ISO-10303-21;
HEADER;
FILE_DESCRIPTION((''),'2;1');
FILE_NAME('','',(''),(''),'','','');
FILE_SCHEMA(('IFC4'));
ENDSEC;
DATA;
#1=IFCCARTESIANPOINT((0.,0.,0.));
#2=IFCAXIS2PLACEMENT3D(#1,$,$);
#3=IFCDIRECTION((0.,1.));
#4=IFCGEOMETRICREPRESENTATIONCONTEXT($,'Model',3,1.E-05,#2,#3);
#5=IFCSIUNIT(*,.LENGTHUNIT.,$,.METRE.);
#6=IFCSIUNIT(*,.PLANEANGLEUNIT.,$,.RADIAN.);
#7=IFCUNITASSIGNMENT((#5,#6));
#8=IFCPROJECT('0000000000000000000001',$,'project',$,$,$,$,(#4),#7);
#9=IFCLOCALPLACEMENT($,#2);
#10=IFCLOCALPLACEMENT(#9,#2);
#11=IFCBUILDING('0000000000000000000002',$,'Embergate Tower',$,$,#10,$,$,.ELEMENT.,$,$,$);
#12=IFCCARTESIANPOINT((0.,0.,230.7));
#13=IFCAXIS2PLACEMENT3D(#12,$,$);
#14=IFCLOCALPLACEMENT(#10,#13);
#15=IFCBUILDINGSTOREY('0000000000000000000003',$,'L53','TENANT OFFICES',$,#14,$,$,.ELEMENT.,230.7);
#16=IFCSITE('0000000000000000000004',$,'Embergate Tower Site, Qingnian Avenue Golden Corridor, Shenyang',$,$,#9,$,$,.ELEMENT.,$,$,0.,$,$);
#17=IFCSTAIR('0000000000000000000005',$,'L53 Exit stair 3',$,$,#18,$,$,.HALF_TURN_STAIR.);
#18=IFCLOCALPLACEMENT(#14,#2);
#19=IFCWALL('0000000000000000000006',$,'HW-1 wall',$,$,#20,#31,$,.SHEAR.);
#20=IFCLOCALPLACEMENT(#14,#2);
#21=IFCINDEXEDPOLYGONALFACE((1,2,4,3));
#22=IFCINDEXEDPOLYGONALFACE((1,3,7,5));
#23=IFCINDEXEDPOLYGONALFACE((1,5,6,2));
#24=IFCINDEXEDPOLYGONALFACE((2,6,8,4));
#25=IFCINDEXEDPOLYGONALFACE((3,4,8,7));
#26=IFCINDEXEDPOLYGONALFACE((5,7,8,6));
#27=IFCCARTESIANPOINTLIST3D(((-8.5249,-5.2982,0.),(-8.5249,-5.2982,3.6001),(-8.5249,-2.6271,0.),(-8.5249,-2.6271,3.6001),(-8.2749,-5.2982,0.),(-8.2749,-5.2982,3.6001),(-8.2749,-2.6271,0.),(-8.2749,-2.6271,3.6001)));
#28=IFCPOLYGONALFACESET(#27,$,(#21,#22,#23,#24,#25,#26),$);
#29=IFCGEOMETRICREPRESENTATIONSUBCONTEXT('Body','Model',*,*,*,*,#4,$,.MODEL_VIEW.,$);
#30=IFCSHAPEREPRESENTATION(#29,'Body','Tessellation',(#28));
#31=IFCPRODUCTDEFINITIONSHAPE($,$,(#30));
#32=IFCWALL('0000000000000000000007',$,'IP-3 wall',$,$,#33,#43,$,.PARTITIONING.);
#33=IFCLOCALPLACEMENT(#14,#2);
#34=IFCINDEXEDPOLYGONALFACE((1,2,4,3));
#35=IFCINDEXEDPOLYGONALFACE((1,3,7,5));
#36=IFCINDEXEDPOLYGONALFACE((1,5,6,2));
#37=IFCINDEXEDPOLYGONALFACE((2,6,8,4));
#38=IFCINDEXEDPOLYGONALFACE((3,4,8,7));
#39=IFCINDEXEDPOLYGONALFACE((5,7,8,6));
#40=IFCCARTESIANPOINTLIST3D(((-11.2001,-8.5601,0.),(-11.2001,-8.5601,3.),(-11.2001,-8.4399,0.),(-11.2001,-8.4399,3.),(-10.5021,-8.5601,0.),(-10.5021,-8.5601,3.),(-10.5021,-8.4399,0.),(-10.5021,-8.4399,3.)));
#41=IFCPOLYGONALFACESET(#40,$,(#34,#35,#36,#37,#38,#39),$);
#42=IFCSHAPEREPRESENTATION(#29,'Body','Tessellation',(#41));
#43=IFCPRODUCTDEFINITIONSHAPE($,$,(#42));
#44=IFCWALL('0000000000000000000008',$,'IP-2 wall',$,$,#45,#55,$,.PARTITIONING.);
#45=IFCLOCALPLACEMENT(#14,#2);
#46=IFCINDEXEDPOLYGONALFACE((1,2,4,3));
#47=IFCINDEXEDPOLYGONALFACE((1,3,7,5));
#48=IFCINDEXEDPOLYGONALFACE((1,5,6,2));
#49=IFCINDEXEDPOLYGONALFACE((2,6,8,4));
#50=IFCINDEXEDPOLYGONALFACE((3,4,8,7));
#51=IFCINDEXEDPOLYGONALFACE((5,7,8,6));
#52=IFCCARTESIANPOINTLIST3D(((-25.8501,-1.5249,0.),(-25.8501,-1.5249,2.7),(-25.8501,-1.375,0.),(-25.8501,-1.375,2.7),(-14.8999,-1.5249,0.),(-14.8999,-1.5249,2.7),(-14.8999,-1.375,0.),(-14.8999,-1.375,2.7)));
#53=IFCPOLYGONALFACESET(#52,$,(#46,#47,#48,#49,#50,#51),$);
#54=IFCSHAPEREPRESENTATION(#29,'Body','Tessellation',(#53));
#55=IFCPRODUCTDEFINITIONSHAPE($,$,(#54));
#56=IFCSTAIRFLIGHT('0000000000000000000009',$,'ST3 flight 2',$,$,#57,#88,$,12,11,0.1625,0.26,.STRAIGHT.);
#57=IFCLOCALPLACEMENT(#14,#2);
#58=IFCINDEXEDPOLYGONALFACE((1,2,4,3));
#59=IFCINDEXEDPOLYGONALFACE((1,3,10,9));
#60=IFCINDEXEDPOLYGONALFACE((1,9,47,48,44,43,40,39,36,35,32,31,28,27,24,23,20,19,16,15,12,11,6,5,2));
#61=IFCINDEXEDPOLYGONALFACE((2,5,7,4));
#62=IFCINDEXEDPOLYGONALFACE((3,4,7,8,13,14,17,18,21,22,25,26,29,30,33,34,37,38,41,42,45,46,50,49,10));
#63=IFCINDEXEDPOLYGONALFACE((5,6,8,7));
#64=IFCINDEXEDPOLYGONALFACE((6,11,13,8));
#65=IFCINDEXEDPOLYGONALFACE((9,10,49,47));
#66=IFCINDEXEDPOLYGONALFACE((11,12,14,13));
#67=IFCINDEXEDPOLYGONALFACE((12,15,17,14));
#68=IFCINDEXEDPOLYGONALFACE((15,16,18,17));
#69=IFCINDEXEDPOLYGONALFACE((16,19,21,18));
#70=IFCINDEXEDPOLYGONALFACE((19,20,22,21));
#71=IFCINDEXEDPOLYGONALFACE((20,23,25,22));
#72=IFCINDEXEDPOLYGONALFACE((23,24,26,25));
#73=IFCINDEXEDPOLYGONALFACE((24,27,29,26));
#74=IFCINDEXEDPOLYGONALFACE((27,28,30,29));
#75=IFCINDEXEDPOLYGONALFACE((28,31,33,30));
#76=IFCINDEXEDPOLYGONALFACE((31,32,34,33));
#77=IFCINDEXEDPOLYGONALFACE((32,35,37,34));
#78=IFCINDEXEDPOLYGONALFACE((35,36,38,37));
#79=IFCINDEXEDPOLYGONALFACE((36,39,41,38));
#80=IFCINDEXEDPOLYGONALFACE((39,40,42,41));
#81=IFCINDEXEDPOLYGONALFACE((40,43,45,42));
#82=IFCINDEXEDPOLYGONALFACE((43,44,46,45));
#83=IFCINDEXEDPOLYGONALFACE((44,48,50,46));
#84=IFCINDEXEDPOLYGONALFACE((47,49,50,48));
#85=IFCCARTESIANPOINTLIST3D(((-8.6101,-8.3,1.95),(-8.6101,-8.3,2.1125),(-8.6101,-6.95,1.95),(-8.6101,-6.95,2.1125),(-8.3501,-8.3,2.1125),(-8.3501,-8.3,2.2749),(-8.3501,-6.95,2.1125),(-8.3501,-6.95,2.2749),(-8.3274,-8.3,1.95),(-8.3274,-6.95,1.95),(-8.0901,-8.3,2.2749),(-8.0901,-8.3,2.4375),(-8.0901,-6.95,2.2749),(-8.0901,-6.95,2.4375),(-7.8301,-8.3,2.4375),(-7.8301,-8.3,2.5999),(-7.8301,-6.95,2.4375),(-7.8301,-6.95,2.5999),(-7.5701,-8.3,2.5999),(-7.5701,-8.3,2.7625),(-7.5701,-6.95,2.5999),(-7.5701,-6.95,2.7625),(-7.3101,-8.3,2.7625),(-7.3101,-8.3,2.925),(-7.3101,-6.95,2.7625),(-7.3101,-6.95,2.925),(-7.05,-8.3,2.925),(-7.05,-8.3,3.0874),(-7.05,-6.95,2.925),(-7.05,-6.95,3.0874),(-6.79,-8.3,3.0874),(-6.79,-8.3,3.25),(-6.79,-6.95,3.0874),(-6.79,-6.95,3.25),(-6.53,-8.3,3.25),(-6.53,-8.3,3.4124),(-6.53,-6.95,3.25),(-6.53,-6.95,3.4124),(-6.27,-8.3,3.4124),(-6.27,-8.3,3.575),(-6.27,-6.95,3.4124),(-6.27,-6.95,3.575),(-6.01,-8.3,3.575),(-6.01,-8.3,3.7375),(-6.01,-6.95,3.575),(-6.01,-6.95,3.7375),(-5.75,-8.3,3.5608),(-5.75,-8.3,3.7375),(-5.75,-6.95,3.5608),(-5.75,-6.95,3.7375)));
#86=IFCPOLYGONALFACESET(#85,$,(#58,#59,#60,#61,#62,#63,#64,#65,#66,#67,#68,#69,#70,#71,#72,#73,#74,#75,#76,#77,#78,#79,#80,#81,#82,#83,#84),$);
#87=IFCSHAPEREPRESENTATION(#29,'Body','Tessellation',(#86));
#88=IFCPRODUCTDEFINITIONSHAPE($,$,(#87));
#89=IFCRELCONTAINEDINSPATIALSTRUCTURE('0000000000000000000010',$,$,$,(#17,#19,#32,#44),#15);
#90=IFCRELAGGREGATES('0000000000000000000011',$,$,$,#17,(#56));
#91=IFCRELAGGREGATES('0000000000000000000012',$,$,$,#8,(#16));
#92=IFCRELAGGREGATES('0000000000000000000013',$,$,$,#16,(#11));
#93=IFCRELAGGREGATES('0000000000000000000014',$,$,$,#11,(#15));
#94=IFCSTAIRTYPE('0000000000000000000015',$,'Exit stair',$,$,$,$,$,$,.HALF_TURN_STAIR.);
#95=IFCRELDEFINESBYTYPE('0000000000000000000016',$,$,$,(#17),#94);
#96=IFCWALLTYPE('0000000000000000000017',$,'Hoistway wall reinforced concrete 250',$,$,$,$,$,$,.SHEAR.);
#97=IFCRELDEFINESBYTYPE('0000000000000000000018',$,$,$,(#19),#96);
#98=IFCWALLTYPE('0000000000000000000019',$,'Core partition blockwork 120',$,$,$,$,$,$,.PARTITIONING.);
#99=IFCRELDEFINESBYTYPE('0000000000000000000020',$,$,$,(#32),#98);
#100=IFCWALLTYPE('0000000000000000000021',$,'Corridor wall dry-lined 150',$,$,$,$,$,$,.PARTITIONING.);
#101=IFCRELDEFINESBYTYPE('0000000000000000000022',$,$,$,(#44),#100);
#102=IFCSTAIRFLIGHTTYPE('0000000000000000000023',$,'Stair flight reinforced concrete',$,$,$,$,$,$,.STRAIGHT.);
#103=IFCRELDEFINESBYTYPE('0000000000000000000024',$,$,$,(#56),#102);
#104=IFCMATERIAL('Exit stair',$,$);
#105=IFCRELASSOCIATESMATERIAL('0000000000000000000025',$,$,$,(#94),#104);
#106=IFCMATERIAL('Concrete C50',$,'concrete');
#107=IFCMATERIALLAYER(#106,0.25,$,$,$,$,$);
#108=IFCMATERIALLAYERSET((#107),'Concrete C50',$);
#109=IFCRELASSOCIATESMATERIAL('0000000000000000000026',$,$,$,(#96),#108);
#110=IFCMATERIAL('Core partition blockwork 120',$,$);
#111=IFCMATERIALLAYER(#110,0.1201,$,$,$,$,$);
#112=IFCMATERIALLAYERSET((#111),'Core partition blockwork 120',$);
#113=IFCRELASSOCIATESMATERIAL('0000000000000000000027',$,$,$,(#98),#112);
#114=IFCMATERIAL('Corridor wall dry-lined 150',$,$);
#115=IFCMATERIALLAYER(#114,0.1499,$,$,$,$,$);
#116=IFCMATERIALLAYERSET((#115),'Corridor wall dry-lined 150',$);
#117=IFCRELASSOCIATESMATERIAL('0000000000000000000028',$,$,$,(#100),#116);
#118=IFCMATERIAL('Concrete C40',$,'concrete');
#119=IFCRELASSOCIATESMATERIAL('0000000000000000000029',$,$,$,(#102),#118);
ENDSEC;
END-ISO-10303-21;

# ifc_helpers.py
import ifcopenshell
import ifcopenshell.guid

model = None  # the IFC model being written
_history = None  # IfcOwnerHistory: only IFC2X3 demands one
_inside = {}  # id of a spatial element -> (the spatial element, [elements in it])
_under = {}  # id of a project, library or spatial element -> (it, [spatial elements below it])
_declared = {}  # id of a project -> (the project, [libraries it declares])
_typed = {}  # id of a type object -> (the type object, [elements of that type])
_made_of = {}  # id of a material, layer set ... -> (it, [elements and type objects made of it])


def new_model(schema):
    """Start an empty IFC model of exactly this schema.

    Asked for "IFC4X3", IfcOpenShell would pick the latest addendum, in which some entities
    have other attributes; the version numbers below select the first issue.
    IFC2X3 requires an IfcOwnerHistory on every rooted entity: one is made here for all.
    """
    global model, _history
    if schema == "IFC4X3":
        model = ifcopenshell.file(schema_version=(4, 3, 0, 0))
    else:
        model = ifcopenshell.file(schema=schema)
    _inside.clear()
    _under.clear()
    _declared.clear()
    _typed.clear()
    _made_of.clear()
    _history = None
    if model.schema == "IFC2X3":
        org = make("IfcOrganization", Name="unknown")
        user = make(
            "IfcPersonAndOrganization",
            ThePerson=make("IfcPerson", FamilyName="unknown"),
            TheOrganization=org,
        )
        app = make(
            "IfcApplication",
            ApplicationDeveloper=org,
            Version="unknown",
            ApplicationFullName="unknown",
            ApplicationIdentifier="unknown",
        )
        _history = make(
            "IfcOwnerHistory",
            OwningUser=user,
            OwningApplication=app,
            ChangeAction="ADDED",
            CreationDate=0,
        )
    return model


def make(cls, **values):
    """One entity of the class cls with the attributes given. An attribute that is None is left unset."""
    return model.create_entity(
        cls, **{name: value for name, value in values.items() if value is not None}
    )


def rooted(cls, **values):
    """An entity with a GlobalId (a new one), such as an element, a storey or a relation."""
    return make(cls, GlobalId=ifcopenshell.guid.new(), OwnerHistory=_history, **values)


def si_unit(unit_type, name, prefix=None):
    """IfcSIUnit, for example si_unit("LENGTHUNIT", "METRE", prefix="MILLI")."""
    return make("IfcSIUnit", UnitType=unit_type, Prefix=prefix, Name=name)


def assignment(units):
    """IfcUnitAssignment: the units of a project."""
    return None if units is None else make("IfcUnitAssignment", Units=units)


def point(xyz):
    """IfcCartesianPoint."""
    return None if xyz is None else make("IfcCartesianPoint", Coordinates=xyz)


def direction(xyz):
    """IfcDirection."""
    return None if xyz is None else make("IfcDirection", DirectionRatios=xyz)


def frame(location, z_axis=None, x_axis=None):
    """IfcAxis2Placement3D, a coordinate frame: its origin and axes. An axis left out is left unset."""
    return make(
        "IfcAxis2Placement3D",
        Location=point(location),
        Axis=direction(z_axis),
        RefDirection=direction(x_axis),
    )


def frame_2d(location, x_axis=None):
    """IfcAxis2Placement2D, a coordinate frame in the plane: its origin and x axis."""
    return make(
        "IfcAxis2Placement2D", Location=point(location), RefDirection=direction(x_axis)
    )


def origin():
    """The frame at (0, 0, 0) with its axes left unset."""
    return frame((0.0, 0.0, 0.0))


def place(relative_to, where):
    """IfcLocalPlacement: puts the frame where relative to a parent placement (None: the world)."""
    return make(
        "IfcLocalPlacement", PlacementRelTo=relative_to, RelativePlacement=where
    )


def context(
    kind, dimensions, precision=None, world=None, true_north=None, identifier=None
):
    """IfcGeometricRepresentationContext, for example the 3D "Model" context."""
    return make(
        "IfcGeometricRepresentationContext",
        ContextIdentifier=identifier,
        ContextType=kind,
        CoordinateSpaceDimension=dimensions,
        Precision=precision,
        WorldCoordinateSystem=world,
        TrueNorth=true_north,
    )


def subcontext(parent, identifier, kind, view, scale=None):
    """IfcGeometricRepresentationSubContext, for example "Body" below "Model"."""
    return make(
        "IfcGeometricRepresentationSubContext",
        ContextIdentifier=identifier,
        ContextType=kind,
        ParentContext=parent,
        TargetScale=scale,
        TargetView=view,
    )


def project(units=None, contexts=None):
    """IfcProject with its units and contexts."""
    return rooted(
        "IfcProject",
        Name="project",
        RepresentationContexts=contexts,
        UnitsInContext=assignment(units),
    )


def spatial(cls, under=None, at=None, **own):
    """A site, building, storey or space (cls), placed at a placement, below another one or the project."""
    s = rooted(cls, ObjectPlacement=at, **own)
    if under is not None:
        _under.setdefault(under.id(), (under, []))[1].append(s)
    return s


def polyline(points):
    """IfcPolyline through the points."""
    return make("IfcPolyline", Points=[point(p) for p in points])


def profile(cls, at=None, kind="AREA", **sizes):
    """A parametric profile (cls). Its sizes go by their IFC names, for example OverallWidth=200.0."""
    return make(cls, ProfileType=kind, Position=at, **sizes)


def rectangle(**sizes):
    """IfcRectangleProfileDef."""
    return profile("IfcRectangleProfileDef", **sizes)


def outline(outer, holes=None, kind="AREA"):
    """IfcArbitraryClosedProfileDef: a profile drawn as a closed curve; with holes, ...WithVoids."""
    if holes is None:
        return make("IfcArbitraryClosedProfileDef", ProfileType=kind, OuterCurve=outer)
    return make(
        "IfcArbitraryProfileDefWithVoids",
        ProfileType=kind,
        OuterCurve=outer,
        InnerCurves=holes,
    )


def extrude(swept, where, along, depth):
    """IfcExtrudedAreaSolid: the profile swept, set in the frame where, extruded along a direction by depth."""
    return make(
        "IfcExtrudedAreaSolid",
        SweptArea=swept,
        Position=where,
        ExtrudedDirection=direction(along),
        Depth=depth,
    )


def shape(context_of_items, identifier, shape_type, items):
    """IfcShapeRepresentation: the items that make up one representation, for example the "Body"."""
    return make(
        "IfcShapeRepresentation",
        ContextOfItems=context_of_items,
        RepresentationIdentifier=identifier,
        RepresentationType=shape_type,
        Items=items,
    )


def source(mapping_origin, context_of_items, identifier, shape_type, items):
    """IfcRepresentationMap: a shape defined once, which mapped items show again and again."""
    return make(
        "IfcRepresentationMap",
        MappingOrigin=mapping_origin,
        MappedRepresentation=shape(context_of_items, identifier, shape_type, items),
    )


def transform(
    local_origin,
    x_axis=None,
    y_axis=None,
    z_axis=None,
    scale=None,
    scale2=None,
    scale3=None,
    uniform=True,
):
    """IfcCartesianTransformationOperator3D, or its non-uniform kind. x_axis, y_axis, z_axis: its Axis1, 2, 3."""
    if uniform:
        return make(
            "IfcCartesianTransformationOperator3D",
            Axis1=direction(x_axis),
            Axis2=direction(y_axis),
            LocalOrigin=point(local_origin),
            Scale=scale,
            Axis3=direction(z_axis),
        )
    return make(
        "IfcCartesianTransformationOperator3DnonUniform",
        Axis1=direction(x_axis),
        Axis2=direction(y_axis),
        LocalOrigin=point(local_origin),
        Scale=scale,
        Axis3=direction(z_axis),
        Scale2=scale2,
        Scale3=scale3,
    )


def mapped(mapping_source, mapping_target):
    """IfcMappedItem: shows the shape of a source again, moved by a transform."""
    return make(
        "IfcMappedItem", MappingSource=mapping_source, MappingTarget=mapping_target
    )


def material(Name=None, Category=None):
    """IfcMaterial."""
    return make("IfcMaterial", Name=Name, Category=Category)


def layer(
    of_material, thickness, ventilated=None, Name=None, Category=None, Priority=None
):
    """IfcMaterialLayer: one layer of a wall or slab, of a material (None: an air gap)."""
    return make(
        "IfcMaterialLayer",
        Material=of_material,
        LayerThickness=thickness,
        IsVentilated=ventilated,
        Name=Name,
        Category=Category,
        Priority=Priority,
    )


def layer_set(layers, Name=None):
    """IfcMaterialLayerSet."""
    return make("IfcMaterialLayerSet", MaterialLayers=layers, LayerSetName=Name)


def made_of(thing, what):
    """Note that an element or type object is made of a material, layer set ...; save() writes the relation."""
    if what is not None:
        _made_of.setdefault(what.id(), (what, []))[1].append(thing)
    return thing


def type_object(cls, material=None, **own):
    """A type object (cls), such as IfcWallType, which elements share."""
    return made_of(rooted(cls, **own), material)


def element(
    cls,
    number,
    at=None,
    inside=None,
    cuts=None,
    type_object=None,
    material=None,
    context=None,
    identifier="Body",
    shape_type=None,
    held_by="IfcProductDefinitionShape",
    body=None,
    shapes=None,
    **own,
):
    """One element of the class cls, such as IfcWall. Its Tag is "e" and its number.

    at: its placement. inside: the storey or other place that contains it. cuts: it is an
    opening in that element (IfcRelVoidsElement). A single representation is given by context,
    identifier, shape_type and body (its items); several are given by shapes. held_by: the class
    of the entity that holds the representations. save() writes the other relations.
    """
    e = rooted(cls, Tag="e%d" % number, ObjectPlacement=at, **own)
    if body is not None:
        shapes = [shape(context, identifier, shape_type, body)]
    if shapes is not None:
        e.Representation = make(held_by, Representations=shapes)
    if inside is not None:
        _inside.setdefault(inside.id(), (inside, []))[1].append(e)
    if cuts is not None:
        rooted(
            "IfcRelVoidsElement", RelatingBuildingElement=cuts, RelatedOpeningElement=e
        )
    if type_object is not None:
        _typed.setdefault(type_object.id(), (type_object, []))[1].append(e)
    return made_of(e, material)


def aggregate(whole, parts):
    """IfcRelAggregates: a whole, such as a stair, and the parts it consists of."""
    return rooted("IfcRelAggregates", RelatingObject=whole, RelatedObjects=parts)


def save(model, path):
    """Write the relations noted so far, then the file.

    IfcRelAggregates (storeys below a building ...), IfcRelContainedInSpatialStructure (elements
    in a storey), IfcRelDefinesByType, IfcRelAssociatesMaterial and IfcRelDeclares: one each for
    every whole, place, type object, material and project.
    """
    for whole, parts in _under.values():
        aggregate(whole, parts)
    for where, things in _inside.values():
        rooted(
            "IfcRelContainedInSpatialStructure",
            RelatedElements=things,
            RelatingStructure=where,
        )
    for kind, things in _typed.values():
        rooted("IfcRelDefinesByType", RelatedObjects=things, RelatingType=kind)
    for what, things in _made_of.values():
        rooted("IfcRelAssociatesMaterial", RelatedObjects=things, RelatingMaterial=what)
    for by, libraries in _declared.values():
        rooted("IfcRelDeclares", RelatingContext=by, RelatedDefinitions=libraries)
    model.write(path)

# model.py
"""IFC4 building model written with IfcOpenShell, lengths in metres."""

from ifc_helpers import new_model, si_unit, direction, frame, frame_2d, origin, place, context, subcontext, project, spatial, polyline, rectangle, outline, extrude, source, transform, mapped, material, layer, layer_set, type_object, element, aggregate, save


model = new_model("IFC4")

# Units and contexts
model_context = context("Model", 3, precision=1e-05, world=origin(), true_north=direction((0.0, 1.0)))
body_context = subcontext(model_context, "Body", "Model", "MODEL_VIEW")
ifc_project = project(units=[si_unit("LENGTHUNIT", "METRE"), si_unit("PLANEANGLEUNIT", "RADIAN")], contexts=[model_context])

# Site, building, storey
site_placement = place(None, origin())
site = spatial("IfcSite", under=ifc_project, at=site_placement, Name="Embergate Tower Site, Qingnian Avenue Golden Corridor, Shenyang", CompositionType="ELEMENT", RefElevation=0.0)
building_placement = place(site_placement, origin())
building = spatial("IfcBuilding", under=site, at=building_placement, Name="Embergate Tower", CompositionType="ELEMENT")
storey_placement = place(building_placement, frame((0.0, 0.0, 230.7)))
storey = spatial("IfcBuildingStorey", under=building, at=storey_placement, Name="L53", Description="TENANT OFFICES", CompositionType="ELEMENT", Elevation=230.7)

# Stair
ifc_material_1 = material(Name="Exit stair")
stair_type = type_object("IfcStairType", Name="Exit stair", PredefinedType="HALF_TURN_STAIR", material=ifc_material_1)
stair_placement = place(storey_placement, origin())
stair = element("IfcStair", 1, at=stair_placement, inside=storey, type_object=stair_type, Name="L53 Exit stair 3", PredefinedType="HALF_TURN_STAIR")
ifc_material_2 = material(Name="Concrete C40", Category="concrete")

# Shared definitions
ifc_material_3 = material(Name="Concrete C50", Category="concrete")

# Shared definitions
ifc_layer_1 = layer(ifc_material_3, 0.25)
ifc_layer_set_1 = layer_set([ifc_layer_1], Name="Concrete C50")
wall_type_1 = type_object("IfcWallType", Name="Hoistway wall reinforced concrete 250", PredefinedType="SHEAR", material=ifc_layer_set_1)

# Walls
shared_shape_1 = source(origin(), body_context, "Body", "SweptSolid", [
    extrude(rectangle(XDim=2.6711, YDim=0.25, at=frame_2d((1.3354, 0.0))), origin(), (0.0, 0.0, 1.0), 3.6001),
])
wall_1_placement = place(storey_placement, frame((-8.3999, -5.2981, 0.0), z_axis=(0.0, 0.0, 1.0), x_axis=(0.0, 1.0, 0.0)))
element("IfcWall", 2, at=wall_1_placement, inside=storey, type_object=wall_type_1, Name="HW-1 wall", PredefinedType="SHEAR", context=body_context, shape_type="MappedRepresentation", body=[
    mapped(shared_shape_1, transform((0.0, 0.0, 0.0))),
])
ifc_material_4 = material(Name="Core partition blockwork 120")
ifc_layer_2 = layer(ifc_material_4, 0.1201)
ifc_layer_set_2 = layer_set([ifc_layer_2], Name="Core partition blockwork 120")
wall_type_2 = type_object("IfcWallType", Name="Core partition blockwork 120", PredefinedType="PARTITIONING", material=ifc_layer_set_2)
shared_shape_2 = source(origin(), body_context, "Body", "SweptSolid", [
    extrude(rectangle(XDim=0.698, YDim=0.1201, at=frame_2d((0.3491, 0.0))), origin(), (0.0, 0.0, 1.0), 3.0),
])
wall_2_placement = place(storey_placement, frame((-10.502, -8.5, 0.0), z_axis=(0.0, 0.0, 1.0), x_axis=(-1.0, 0.0, 0.0)))
element("IfcWall", 3, at=wall_2_placement, inside=storey, type_object=wall_type_2, Name="IP-3 wall", PredefinedType="PARTITIONING", context=body_context, shape_type="MappedRepresentation", body=[
    mapped(shared_shape_2, transform((0.0, 0.0, 0.0))),
])
ifc_material_5 = material(Name="Corridor wall dry-lined 150")
ifc_layer_3 = layer(ifc_material_5, 0.1499)
ifc_layer_set_3 = layer_set([ifc_layer_3], Name="Corridor wall dry-lined 150")
wall_type_3 = type_object("IfcWallType", Name="Corridor wall dry-lined 150", PredefinedType="PARTITIONING", material=ifc_layer_set_3)
shared_shape_3 = source(origin(), body_context, "Body", "SweptSolid", [
    extrude(rectangle(XDim=10.9502, YDim=0.1499, at=frame_2d((5.4751, 0.0))), origin(), (0.0, 0.0, 1.0), 2.7),
])
wall_3_placement = place(storey_placement, frame((-14.8999, -1.45, 0.0), z_axis=(0.0, 0.0, 1.0), x_axis=(-1.0, 0.0, 0.0)))
element("IfcWall", 4, at=wall_3_placement, inside=storey, type_object=wall_type_3, Name="IP-2 wall", PredefinedType="PARTITIONING", context=body_context, shape_type="MappedRepresentation", body=[
    mapped(shared_shape_3, transform((0.0, 0.0, 0.0))),
])

# Stair flight
stair_flight_type = type_object("IfcStairFlightType", Name="Stair flight reinforced concrete", PredefinedType="STRAIGHT", material=ifc_material_2)
shared_shape_4 = source(origin(), body_context, "Body", "SweptSolid", [
    extrude(outline(polyline([(0.0, 0.0), (0.0, 0.1626), (0.26, 0.1626), (0.26, 0.325), (0.52, 0.325), (0.52, 0.4875), (0.78, 0.4875), (0.78, 0.6499), (1.04, 0.6499), (1.04, 0.8125), (1.3, 0.8125), (1.3, 0.9751), (1.5601, 0.9751), (1.5601, 1.1375), (1.8201, 1.1375), (1.8201, 1.3), (2.0801, 1.3), (2.0801, 1.4624), (2.3401, 1.4624), (2.3401, 1.625), (2.6001, 1.625), (2.6001, 1.7876), (2.8601, 1.7876), (2.8601, 1.95), (2.8601, 1.6108), (0.2827, 0.0), (0.0, 0.0)])), frame((0.0, 0.675, 0.0), z_axis=(0.0, -1.0, 0.0), x_axis=(1.0, 0.0, 0.0)), (0.0, 0.0, 1.0), 1.3501),
])
stair_flight_placement = place(storey_placement, frame((-8.6101, -7.625, 1.95), z_axis=(0.0, 0.0, 1.0), x_axis=(1.0, 0.0, 0.0)))
stair_flight = element("IfcStairFlight", 5, at=stair_flight_placement, type_object=stair_flight_type, Name="ST3 flight 2", NumberOfRisers=12, NumberOfTreads=11, PredefinedType="STRAIGHT", RiserHeight=0.1625, TreadLength=0.26, context=body_context, shape_type="MappedRepresentation", body=[
    mapped(shared_shape_4, transform((0.0, 0.0, 0.0))),
])
aggregate(stair, [stair_flight])

save(model, "model.ifc")
